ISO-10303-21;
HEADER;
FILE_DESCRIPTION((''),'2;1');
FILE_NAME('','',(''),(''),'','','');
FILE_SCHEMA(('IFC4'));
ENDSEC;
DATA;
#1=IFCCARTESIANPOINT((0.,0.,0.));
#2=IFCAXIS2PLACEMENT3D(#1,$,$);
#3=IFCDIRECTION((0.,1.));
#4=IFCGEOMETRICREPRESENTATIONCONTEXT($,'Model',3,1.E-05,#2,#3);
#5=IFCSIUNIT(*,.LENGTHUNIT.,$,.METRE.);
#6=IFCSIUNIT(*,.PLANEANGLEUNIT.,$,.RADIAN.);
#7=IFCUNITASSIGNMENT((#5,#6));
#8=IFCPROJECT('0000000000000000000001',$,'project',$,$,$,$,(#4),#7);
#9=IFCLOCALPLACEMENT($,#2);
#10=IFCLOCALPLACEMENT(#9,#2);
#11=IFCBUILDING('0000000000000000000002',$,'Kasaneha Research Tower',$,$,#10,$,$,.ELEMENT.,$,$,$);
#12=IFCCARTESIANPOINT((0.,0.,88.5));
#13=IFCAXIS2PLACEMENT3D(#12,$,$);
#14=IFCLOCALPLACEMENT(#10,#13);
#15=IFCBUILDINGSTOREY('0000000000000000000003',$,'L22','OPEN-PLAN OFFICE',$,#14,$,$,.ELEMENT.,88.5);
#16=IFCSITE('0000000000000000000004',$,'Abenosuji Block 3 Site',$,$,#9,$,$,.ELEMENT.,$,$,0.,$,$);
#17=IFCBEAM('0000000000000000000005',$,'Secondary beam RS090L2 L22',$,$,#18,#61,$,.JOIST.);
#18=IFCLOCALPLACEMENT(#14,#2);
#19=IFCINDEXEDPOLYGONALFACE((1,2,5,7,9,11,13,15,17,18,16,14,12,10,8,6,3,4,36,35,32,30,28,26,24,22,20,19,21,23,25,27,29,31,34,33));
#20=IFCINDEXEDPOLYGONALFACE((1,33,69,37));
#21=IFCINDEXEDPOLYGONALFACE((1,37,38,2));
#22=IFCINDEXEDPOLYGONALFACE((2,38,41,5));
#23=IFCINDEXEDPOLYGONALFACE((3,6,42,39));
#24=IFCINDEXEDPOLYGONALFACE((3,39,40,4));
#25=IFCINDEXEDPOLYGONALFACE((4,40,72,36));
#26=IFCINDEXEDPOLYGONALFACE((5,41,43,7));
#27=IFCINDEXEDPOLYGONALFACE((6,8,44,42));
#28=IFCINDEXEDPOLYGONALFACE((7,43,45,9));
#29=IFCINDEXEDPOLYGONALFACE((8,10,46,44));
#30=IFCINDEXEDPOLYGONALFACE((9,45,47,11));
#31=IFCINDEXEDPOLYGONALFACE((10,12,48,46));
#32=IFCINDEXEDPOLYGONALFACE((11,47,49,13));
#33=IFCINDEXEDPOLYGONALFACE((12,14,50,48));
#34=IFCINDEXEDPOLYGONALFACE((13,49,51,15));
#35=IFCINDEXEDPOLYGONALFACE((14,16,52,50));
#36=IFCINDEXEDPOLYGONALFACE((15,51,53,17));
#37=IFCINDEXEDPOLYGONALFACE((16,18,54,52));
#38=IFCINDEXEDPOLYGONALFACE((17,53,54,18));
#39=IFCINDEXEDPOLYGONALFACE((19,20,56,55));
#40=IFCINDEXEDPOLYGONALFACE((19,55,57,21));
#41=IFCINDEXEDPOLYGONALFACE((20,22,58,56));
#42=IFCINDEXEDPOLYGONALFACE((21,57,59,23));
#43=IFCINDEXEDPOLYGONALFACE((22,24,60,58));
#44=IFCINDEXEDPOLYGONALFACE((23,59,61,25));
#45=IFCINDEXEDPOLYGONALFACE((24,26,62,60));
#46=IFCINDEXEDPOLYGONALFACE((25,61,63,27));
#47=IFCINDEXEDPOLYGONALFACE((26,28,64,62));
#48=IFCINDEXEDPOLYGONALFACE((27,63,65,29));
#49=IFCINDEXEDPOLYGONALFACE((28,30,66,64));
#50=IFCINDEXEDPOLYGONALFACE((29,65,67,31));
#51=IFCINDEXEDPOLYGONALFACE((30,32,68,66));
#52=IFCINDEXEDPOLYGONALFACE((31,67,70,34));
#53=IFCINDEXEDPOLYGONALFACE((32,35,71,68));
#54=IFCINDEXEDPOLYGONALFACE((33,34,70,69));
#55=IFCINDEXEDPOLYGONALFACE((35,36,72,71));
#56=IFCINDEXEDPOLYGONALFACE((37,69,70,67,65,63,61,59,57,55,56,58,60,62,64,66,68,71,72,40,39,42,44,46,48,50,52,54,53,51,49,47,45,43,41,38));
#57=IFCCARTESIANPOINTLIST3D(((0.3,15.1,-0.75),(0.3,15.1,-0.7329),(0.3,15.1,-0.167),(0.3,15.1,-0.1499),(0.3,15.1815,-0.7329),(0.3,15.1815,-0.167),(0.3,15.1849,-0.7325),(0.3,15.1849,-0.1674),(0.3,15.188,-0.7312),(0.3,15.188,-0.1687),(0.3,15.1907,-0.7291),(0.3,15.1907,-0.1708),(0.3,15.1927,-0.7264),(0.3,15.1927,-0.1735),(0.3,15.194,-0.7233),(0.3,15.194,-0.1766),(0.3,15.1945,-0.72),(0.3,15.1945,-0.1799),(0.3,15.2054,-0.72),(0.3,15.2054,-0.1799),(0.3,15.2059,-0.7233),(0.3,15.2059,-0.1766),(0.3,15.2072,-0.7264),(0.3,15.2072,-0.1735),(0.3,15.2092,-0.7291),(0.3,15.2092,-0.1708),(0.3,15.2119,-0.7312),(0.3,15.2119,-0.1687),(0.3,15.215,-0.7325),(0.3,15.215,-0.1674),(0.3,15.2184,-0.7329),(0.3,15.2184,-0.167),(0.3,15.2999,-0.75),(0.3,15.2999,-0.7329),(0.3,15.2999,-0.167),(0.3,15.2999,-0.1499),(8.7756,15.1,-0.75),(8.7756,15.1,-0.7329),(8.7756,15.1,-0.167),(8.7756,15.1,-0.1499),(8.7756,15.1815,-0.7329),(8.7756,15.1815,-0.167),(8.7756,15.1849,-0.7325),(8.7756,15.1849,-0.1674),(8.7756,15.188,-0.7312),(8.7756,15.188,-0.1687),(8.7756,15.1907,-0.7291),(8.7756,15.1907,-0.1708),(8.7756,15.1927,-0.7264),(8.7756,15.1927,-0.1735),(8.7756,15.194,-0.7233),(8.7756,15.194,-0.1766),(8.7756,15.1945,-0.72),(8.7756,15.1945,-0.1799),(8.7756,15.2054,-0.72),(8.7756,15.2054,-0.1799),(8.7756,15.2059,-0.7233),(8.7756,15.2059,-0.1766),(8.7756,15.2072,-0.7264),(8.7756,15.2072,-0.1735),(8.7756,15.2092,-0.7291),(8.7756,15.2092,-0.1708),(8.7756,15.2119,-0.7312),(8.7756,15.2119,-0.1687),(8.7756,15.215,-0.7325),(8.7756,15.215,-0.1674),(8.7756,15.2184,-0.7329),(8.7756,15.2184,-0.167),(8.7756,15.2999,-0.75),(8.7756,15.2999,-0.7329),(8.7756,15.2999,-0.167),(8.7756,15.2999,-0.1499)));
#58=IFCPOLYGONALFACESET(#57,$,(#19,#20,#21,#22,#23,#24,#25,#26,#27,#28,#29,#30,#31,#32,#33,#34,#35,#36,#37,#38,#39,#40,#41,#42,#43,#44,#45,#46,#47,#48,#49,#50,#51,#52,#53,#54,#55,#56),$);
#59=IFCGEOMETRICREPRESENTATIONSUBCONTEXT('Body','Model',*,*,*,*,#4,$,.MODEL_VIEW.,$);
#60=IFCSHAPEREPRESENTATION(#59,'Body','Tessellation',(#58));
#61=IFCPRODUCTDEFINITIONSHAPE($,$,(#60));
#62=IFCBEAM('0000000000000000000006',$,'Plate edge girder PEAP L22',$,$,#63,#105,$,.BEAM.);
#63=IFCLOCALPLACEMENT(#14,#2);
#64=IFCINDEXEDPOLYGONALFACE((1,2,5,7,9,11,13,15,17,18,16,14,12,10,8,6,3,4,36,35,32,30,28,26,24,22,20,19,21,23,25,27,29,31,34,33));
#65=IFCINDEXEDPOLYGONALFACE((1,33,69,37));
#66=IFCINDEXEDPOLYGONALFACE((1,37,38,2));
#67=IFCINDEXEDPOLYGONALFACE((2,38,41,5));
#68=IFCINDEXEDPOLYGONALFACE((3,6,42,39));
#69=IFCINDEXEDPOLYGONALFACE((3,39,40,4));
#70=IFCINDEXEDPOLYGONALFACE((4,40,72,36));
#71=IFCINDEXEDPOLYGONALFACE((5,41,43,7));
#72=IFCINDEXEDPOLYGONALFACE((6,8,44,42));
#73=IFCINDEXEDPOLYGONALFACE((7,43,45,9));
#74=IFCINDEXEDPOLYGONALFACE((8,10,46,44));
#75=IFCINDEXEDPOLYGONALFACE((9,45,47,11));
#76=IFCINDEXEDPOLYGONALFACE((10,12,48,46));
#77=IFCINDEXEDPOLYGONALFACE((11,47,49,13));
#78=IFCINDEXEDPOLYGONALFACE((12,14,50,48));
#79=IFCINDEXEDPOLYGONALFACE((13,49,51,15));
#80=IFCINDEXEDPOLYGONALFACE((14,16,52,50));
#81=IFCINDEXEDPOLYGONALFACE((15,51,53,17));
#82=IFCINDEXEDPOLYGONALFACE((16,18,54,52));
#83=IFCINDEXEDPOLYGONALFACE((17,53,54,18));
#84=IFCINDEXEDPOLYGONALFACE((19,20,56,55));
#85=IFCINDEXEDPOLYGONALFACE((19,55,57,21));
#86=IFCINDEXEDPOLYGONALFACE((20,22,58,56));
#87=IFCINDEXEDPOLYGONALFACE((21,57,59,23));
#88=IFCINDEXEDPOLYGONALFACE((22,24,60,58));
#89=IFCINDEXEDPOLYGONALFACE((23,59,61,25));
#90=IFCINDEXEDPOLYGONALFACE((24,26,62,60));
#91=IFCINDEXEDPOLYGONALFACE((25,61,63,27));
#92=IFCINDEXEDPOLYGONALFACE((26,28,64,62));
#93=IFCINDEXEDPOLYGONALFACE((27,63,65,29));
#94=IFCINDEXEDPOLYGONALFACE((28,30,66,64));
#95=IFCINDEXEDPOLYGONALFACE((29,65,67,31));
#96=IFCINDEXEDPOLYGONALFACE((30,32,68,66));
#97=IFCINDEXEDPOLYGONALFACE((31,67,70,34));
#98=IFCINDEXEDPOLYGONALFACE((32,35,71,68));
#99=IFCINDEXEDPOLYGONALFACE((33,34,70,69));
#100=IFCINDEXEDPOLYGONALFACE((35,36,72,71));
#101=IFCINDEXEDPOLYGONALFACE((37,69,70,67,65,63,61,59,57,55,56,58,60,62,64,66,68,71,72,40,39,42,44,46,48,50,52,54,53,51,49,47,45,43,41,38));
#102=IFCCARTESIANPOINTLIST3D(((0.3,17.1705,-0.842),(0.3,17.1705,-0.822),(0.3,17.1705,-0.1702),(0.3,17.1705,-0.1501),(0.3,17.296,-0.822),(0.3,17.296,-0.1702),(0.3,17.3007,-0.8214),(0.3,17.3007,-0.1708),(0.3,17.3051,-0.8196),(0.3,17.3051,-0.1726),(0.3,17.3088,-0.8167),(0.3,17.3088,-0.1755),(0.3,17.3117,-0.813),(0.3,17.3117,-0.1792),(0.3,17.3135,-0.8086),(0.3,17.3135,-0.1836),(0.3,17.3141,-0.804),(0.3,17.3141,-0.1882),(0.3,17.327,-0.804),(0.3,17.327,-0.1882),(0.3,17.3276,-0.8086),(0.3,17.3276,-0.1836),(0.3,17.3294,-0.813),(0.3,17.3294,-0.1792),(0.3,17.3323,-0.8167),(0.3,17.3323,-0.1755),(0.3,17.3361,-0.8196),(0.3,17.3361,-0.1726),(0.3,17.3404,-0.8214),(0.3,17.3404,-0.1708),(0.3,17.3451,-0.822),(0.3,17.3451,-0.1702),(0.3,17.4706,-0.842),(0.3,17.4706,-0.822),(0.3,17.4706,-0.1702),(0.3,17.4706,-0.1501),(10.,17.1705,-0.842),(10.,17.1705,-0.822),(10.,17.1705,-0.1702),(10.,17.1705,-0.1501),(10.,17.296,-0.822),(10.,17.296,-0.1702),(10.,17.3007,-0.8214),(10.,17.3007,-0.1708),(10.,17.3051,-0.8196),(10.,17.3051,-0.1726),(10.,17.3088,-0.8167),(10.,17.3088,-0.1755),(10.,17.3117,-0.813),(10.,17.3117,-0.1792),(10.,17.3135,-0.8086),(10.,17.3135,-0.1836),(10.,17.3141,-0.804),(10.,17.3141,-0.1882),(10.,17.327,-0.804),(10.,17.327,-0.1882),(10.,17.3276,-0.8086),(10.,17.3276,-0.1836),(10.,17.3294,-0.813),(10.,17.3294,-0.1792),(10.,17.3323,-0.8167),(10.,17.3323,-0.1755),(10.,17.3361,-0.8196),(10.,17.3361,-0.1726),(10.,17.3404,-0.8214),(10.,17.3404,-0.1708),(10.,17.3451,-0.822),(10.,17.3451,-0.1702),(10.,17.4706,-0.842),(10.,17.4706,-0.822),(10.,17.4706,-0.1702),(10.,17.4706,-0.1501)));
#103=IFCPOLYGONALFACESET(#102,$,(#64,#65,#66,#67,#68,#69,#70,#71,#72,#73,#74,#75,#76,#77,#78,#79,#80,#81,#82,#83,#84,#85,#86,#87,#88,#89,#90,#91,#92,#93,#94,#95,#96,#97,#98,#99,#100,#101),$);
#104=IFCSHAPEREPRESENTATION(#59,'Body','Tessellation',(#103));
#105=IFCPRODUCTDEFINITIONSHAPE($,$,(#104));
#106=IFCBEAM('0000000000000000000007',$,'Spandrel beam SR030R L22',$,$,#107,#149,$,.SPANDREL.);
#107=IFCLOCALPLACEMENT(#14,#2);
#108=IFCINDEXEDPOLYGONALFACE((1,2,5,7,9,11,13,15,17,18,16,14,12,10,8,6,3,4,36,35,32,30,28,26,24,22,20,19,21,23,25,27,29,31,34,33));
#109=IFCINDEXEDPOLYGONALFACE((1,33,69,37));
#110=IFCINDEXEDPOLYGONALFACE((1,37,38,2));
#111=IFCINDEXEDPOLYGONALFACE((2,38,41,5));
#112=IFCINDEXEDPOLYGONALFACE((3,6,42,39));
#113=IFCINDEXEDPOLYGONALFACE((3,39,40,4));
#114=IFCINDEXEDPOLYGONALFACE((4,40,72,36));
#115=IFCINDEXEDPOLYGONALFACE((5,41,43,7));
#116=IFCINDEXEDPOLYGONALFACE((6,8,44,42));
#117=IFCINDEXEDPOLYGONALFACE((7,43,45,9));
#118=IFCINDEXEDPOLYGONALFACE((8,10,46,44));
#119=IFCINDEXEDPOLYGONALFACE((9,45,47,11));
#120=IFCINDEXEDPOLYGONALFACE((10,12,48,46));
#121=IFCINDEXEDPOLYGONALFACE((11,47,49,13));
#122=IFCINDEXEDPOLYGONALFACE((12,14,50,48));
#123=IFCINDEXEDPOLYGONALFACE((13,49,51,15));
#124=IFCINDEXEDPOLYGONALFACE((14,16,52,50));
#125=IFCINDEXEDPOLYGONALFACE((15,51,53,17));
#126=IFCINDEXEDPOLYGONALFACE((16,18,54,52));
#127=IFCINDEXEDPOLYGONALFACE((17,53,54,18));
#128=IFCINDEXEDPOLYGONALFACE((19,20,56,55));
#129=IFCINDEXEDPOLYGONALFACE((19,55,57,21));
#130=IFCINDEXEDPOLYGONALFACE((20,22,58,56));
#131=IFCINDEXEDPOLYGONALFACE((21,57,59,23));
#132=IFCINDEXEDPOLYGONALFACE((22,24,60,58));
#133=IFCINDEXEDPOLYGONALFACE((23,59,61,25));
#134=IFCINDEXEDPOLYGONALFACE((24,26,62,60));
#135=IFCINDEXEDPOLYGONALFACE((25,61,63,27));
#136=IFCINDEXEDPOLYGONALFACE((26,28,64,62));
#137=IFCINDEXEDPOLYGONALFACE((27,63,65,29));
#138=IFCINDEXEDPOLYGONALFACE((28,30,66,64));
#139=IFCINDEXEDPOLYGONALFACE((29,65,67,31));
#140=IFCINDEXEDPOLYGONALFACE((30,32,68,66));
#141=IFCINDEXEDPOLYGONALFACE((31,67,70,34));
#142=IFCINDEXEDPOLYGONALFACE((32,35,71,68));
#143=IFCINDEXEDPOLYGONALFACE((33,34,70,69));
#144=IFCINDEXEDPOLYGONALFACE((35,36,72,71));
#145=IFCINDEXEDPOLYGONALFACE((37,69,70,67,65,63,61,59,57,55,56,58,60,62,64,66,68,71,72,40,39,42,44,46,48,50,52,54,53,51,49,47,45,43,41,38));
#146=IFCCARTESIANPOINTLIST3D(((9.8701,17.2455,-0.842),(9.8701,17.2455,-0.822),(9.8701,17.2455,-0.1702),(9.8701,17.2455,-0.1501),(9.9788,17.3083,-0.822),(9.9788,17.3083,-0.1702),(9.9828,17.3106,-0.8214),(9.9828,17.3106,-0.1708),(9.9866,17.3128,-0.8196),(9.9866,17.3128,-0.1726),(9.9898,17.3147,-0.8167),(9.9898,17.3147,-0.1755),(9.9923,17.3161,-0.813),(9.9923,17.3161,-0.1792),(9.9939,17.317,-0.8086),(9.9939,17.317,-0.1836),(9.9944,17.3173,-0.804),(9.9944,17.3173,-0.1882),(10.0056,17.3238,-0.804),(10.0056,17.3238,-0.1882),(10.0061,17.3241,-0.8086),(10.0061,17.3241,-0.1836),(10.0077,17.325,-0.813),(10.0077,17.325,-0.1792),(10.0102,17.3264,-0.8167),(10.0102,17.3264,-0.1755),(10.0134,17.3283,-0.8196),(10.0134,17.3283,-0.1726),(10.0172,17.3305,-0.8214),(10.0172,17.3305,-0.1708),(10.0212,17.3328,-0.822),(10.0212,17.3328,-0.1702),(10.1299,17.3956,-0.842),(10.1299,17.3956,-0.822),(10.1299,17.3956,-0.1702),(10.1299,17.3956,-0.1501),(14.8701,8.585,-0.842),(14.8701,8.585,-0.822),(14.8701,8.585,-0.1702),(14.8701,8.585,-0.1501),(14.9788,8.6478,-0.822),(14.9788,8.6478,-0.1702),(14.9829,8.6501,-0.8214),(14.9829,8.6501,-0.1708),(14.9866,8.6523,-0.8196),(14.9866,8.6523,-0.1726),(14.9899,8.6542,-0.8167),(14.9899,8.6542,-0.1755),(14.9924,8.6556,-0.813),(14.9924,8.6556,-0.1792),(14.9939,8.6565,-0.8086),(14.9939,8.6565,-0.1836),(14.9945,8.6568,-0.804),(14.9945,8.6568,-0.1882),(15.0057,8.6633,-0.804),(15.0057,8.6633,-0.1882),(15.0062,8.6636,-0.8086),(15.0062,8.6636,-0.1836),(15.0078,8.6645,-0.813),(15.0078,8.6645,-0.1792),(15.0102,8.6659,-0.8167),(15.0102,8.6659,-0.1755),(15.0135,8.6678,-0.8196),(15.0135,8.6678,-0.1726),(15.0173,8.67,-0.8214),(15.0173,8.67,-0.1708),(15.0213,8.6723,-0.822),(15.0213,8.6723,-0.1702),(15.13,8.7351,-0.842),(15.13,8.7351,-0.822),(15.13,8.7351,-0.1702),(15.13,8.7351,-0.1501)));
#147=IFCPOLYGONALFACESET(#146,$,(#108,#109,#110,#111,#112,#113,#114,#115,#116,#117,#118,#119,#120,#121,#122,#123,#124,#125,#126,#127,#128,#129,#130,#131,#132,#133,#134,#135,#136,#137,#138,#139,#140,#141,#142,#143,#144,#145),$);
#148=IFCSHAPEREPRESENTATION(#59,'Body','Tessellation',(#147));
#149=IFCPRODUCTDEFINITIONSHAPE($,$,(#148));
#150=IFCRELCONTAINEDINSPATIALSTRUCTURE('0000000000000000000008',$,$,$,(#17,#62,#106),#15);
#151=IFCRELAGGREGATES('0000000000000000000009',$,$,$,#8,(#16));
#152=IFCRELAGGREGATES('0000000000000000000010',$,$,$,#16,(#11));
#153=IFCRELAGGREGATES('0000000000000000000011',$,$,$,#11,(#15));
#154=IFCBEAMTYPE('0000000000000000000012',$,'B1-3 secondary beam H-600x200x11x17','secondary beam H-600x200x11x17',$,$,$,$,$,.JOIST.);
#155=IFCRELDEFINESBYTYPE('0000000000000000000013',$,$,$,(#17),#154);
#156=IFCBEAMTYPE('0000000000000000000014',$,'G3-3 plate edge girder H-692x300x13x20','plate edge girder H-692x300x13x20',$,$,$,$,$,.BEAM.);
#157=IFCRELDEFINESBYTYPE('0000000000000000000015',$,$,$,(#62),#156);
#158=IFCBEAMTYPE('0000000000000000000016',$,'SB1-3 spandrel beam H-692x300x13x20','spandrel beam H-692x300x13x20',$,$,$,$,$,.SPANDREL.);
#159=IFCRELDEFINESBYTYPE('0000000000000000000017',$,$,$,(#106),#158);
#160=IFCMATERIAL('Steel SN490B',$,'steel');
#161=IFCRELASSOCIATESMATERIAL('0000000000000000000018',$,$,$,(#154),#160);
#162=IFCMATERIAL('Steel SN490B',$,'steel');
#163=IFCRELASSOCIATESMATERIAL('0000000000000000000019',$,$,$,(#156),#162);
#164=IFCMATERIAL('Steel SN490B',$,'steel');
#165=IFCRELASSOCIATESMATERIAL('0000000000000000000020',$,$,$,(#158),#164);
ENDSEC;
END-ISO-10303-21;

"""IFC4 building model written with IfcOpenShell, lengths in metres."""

from ifc_helpers import new_model, si_unit, direction, frame, origin, origin_2d, place, context, subcontext, project, spatial, i_section, extrude, material, material_profile, profile_set, type_object, element, save


model = new_model("IFC4")

# Units and contexts
model_context = context("Model", 3, precision=1e-05, world=origin(), true_north=direction((0.0, 1.0)))
body_context = subcontext(model_context, "Body", "Model", "MODEL_VIEW")
ifc_project = project(units=[si_unit("LENGTHUNIT", "METRE"), si_unit("PLANEANGLEUNIT", "RADIAN")], contexts=[model_context])

# Site, building, storey
site_placement = place(None, origin())
site = spatial("IfcSite", under=ifc_project, at=site_placement, Name="Abenosuji Block 3 Site", CompositionType="ELEMENT", RefElevation=0.0)
building_placement = place(site_placement, origin())
building = spatial("IfcBuilding", under=site, at=building_placement, Name="Kasaneha Research Tower", CompositionType="ELEMENT")
storey_placement = place(building_placement, frame((0.0, 0.0, 88.5)))
storey = spatial("IfcBuildingStorey", under=building, at=storey_placement, Name="L22", Description="OPEN-PLAN OFFICE", CompositionType="ELEMENT", Elevation=88.5)

# Beams
ifc_material_1 = material(Name="Steel SN490B", Category="steel")
ifc_material_profile_1 = material_profile(ifc_material_1, i_section(OverallWidth=0.2, OverallDepth=0.6001, WebThickness=0.011, FlangeThickness=0.0171, FilletRadius=0.0129, at=origin_2d()), Name="H-600x200x11x17")
ifc_profile_set_1 = profile_set([ifc_material_profile_1], Name="Steel SN490B")
beam_type_1 = type_object("IfcBeamType", Name="B1-3 secondary beam H-600x200x11x17", Description="secondary beam H-600x200x11x17", PredefinedType="JOIST", material=ifc_profile_set_1)
beam_1_placement = place(storey_placement, frame((8.7756, 15.2, -0.45), z_axis=(-1.0, 0.0, 0.0), x_axis=(0.0, -1.0, 0.0)))
element("IfcBeam", 1, at=beam_1_placement, inside=storey, type_object=beam_type_1, Name="Secondary beam RS090L2 L22", PredefinedType="JOIST", context=body_context, shape_type="SweptSolid", body=[
    extrude(i_section(OverallWidth=0.2, OverallDepth=0.6001, WebThickness=0.011, FlangeThickness=0.0171, FilletRadius=0.0129, at=origin_2d()), origin(), (0.0, 0.0, 1.0), 8.4756),
])
ifc_material_2 = material(Name="Steel SN490B", Category="steel")
ifc_material_profile_2 = material_profile(ifc_material_2, i_section(OverallWidth=0.3, OverallDepth=0.6919, WebThickness=0.0129, FlangeThickness=0.02, FilletRadius=0.0181, at=origin_2d()), Name="H-692x300x13x20")
ifc_profile_set_2 = profile_set([ifc_material_profile_2], Name="Steel SN490B")
beam_type_2 = type_object("IfcBeamType", Name="G3-3 plate edge girder H-692x300x13x20", Description="plate edge girder H-692x300x13x20", PredefinedType="BEAM", material=ifc_profile_set_2)
beam_2_placement = place(storey_placement, frame((10.0, 17.3206, -0.4961), z_axis=(-1.0, 0.0, 0.0), x_axis=(0.0, -1.0, 0.0)))
element("IfcBeam", 2, at=beam_2_placement, inside=storey, type_object=beam_type_2, Name="Plate edge girder PEAP L22", PredefinedType="BEAM", context=body_context, shape_type="SweptSolid", body=[
    extrude(i_section(OverallWidth=0.3, OverallDepth=0.6919, WebThickness=0.0129, FlangeThickness=0.02, FilletRadius=0.0181, at=origin_2d()), origin(), (0.0, 0.0, 1.0), 9.7),
])
ifc_material_3 = material(Name="Steel SN490B", Category="steel")
ifc_material_profile_3 = material_profile(ifc_material_3, i_section(OverallWidth=0.3, OverallDepth=0.6919, WebThickness=0.0129, FlangeThickness=0.02, FilletRadius=0.0181, at=origin_2d()), Name="H-692x300x13x20")
ifc_profile_set_3 = profile_set([ifc_material_profile_3], Name="Steel SN490B")
beam_type_3 = type_object("IfcBeamType", Name="SB1-3 spandrel beam H-692x300x13x20", Description="spandrel beam H-692x300x13x20", PredefinedType="SPANDREL", material=ifc_profile_set_3)
beam_3_placement = place(storey_placement, frame((10.0, 17.3206, -0.4961), z_axis=(0.499994, -0.866029, 0.0), x_axis=(0.866029, 0.499994, 0.0)))
element("IfcBeam", 3, at=beam_3_placement, inside=storey, type_object=beam_type_3, Name="Spandrel beam SR030R L22", PredefinedType="SPANDREL", context=body_context, shape_type="SweptSolid", body=[
    extrude(i_section(OverallWidth=0.3, OverallDepth=0.6919, WebThickness=0.0129, FlangeThickness=0.02, FilletRadius=0.0181, at=origin_2d()), origin(), (0.0, 0.0, 1.0), 10.0002),
])

save(model, "model.ifc")
